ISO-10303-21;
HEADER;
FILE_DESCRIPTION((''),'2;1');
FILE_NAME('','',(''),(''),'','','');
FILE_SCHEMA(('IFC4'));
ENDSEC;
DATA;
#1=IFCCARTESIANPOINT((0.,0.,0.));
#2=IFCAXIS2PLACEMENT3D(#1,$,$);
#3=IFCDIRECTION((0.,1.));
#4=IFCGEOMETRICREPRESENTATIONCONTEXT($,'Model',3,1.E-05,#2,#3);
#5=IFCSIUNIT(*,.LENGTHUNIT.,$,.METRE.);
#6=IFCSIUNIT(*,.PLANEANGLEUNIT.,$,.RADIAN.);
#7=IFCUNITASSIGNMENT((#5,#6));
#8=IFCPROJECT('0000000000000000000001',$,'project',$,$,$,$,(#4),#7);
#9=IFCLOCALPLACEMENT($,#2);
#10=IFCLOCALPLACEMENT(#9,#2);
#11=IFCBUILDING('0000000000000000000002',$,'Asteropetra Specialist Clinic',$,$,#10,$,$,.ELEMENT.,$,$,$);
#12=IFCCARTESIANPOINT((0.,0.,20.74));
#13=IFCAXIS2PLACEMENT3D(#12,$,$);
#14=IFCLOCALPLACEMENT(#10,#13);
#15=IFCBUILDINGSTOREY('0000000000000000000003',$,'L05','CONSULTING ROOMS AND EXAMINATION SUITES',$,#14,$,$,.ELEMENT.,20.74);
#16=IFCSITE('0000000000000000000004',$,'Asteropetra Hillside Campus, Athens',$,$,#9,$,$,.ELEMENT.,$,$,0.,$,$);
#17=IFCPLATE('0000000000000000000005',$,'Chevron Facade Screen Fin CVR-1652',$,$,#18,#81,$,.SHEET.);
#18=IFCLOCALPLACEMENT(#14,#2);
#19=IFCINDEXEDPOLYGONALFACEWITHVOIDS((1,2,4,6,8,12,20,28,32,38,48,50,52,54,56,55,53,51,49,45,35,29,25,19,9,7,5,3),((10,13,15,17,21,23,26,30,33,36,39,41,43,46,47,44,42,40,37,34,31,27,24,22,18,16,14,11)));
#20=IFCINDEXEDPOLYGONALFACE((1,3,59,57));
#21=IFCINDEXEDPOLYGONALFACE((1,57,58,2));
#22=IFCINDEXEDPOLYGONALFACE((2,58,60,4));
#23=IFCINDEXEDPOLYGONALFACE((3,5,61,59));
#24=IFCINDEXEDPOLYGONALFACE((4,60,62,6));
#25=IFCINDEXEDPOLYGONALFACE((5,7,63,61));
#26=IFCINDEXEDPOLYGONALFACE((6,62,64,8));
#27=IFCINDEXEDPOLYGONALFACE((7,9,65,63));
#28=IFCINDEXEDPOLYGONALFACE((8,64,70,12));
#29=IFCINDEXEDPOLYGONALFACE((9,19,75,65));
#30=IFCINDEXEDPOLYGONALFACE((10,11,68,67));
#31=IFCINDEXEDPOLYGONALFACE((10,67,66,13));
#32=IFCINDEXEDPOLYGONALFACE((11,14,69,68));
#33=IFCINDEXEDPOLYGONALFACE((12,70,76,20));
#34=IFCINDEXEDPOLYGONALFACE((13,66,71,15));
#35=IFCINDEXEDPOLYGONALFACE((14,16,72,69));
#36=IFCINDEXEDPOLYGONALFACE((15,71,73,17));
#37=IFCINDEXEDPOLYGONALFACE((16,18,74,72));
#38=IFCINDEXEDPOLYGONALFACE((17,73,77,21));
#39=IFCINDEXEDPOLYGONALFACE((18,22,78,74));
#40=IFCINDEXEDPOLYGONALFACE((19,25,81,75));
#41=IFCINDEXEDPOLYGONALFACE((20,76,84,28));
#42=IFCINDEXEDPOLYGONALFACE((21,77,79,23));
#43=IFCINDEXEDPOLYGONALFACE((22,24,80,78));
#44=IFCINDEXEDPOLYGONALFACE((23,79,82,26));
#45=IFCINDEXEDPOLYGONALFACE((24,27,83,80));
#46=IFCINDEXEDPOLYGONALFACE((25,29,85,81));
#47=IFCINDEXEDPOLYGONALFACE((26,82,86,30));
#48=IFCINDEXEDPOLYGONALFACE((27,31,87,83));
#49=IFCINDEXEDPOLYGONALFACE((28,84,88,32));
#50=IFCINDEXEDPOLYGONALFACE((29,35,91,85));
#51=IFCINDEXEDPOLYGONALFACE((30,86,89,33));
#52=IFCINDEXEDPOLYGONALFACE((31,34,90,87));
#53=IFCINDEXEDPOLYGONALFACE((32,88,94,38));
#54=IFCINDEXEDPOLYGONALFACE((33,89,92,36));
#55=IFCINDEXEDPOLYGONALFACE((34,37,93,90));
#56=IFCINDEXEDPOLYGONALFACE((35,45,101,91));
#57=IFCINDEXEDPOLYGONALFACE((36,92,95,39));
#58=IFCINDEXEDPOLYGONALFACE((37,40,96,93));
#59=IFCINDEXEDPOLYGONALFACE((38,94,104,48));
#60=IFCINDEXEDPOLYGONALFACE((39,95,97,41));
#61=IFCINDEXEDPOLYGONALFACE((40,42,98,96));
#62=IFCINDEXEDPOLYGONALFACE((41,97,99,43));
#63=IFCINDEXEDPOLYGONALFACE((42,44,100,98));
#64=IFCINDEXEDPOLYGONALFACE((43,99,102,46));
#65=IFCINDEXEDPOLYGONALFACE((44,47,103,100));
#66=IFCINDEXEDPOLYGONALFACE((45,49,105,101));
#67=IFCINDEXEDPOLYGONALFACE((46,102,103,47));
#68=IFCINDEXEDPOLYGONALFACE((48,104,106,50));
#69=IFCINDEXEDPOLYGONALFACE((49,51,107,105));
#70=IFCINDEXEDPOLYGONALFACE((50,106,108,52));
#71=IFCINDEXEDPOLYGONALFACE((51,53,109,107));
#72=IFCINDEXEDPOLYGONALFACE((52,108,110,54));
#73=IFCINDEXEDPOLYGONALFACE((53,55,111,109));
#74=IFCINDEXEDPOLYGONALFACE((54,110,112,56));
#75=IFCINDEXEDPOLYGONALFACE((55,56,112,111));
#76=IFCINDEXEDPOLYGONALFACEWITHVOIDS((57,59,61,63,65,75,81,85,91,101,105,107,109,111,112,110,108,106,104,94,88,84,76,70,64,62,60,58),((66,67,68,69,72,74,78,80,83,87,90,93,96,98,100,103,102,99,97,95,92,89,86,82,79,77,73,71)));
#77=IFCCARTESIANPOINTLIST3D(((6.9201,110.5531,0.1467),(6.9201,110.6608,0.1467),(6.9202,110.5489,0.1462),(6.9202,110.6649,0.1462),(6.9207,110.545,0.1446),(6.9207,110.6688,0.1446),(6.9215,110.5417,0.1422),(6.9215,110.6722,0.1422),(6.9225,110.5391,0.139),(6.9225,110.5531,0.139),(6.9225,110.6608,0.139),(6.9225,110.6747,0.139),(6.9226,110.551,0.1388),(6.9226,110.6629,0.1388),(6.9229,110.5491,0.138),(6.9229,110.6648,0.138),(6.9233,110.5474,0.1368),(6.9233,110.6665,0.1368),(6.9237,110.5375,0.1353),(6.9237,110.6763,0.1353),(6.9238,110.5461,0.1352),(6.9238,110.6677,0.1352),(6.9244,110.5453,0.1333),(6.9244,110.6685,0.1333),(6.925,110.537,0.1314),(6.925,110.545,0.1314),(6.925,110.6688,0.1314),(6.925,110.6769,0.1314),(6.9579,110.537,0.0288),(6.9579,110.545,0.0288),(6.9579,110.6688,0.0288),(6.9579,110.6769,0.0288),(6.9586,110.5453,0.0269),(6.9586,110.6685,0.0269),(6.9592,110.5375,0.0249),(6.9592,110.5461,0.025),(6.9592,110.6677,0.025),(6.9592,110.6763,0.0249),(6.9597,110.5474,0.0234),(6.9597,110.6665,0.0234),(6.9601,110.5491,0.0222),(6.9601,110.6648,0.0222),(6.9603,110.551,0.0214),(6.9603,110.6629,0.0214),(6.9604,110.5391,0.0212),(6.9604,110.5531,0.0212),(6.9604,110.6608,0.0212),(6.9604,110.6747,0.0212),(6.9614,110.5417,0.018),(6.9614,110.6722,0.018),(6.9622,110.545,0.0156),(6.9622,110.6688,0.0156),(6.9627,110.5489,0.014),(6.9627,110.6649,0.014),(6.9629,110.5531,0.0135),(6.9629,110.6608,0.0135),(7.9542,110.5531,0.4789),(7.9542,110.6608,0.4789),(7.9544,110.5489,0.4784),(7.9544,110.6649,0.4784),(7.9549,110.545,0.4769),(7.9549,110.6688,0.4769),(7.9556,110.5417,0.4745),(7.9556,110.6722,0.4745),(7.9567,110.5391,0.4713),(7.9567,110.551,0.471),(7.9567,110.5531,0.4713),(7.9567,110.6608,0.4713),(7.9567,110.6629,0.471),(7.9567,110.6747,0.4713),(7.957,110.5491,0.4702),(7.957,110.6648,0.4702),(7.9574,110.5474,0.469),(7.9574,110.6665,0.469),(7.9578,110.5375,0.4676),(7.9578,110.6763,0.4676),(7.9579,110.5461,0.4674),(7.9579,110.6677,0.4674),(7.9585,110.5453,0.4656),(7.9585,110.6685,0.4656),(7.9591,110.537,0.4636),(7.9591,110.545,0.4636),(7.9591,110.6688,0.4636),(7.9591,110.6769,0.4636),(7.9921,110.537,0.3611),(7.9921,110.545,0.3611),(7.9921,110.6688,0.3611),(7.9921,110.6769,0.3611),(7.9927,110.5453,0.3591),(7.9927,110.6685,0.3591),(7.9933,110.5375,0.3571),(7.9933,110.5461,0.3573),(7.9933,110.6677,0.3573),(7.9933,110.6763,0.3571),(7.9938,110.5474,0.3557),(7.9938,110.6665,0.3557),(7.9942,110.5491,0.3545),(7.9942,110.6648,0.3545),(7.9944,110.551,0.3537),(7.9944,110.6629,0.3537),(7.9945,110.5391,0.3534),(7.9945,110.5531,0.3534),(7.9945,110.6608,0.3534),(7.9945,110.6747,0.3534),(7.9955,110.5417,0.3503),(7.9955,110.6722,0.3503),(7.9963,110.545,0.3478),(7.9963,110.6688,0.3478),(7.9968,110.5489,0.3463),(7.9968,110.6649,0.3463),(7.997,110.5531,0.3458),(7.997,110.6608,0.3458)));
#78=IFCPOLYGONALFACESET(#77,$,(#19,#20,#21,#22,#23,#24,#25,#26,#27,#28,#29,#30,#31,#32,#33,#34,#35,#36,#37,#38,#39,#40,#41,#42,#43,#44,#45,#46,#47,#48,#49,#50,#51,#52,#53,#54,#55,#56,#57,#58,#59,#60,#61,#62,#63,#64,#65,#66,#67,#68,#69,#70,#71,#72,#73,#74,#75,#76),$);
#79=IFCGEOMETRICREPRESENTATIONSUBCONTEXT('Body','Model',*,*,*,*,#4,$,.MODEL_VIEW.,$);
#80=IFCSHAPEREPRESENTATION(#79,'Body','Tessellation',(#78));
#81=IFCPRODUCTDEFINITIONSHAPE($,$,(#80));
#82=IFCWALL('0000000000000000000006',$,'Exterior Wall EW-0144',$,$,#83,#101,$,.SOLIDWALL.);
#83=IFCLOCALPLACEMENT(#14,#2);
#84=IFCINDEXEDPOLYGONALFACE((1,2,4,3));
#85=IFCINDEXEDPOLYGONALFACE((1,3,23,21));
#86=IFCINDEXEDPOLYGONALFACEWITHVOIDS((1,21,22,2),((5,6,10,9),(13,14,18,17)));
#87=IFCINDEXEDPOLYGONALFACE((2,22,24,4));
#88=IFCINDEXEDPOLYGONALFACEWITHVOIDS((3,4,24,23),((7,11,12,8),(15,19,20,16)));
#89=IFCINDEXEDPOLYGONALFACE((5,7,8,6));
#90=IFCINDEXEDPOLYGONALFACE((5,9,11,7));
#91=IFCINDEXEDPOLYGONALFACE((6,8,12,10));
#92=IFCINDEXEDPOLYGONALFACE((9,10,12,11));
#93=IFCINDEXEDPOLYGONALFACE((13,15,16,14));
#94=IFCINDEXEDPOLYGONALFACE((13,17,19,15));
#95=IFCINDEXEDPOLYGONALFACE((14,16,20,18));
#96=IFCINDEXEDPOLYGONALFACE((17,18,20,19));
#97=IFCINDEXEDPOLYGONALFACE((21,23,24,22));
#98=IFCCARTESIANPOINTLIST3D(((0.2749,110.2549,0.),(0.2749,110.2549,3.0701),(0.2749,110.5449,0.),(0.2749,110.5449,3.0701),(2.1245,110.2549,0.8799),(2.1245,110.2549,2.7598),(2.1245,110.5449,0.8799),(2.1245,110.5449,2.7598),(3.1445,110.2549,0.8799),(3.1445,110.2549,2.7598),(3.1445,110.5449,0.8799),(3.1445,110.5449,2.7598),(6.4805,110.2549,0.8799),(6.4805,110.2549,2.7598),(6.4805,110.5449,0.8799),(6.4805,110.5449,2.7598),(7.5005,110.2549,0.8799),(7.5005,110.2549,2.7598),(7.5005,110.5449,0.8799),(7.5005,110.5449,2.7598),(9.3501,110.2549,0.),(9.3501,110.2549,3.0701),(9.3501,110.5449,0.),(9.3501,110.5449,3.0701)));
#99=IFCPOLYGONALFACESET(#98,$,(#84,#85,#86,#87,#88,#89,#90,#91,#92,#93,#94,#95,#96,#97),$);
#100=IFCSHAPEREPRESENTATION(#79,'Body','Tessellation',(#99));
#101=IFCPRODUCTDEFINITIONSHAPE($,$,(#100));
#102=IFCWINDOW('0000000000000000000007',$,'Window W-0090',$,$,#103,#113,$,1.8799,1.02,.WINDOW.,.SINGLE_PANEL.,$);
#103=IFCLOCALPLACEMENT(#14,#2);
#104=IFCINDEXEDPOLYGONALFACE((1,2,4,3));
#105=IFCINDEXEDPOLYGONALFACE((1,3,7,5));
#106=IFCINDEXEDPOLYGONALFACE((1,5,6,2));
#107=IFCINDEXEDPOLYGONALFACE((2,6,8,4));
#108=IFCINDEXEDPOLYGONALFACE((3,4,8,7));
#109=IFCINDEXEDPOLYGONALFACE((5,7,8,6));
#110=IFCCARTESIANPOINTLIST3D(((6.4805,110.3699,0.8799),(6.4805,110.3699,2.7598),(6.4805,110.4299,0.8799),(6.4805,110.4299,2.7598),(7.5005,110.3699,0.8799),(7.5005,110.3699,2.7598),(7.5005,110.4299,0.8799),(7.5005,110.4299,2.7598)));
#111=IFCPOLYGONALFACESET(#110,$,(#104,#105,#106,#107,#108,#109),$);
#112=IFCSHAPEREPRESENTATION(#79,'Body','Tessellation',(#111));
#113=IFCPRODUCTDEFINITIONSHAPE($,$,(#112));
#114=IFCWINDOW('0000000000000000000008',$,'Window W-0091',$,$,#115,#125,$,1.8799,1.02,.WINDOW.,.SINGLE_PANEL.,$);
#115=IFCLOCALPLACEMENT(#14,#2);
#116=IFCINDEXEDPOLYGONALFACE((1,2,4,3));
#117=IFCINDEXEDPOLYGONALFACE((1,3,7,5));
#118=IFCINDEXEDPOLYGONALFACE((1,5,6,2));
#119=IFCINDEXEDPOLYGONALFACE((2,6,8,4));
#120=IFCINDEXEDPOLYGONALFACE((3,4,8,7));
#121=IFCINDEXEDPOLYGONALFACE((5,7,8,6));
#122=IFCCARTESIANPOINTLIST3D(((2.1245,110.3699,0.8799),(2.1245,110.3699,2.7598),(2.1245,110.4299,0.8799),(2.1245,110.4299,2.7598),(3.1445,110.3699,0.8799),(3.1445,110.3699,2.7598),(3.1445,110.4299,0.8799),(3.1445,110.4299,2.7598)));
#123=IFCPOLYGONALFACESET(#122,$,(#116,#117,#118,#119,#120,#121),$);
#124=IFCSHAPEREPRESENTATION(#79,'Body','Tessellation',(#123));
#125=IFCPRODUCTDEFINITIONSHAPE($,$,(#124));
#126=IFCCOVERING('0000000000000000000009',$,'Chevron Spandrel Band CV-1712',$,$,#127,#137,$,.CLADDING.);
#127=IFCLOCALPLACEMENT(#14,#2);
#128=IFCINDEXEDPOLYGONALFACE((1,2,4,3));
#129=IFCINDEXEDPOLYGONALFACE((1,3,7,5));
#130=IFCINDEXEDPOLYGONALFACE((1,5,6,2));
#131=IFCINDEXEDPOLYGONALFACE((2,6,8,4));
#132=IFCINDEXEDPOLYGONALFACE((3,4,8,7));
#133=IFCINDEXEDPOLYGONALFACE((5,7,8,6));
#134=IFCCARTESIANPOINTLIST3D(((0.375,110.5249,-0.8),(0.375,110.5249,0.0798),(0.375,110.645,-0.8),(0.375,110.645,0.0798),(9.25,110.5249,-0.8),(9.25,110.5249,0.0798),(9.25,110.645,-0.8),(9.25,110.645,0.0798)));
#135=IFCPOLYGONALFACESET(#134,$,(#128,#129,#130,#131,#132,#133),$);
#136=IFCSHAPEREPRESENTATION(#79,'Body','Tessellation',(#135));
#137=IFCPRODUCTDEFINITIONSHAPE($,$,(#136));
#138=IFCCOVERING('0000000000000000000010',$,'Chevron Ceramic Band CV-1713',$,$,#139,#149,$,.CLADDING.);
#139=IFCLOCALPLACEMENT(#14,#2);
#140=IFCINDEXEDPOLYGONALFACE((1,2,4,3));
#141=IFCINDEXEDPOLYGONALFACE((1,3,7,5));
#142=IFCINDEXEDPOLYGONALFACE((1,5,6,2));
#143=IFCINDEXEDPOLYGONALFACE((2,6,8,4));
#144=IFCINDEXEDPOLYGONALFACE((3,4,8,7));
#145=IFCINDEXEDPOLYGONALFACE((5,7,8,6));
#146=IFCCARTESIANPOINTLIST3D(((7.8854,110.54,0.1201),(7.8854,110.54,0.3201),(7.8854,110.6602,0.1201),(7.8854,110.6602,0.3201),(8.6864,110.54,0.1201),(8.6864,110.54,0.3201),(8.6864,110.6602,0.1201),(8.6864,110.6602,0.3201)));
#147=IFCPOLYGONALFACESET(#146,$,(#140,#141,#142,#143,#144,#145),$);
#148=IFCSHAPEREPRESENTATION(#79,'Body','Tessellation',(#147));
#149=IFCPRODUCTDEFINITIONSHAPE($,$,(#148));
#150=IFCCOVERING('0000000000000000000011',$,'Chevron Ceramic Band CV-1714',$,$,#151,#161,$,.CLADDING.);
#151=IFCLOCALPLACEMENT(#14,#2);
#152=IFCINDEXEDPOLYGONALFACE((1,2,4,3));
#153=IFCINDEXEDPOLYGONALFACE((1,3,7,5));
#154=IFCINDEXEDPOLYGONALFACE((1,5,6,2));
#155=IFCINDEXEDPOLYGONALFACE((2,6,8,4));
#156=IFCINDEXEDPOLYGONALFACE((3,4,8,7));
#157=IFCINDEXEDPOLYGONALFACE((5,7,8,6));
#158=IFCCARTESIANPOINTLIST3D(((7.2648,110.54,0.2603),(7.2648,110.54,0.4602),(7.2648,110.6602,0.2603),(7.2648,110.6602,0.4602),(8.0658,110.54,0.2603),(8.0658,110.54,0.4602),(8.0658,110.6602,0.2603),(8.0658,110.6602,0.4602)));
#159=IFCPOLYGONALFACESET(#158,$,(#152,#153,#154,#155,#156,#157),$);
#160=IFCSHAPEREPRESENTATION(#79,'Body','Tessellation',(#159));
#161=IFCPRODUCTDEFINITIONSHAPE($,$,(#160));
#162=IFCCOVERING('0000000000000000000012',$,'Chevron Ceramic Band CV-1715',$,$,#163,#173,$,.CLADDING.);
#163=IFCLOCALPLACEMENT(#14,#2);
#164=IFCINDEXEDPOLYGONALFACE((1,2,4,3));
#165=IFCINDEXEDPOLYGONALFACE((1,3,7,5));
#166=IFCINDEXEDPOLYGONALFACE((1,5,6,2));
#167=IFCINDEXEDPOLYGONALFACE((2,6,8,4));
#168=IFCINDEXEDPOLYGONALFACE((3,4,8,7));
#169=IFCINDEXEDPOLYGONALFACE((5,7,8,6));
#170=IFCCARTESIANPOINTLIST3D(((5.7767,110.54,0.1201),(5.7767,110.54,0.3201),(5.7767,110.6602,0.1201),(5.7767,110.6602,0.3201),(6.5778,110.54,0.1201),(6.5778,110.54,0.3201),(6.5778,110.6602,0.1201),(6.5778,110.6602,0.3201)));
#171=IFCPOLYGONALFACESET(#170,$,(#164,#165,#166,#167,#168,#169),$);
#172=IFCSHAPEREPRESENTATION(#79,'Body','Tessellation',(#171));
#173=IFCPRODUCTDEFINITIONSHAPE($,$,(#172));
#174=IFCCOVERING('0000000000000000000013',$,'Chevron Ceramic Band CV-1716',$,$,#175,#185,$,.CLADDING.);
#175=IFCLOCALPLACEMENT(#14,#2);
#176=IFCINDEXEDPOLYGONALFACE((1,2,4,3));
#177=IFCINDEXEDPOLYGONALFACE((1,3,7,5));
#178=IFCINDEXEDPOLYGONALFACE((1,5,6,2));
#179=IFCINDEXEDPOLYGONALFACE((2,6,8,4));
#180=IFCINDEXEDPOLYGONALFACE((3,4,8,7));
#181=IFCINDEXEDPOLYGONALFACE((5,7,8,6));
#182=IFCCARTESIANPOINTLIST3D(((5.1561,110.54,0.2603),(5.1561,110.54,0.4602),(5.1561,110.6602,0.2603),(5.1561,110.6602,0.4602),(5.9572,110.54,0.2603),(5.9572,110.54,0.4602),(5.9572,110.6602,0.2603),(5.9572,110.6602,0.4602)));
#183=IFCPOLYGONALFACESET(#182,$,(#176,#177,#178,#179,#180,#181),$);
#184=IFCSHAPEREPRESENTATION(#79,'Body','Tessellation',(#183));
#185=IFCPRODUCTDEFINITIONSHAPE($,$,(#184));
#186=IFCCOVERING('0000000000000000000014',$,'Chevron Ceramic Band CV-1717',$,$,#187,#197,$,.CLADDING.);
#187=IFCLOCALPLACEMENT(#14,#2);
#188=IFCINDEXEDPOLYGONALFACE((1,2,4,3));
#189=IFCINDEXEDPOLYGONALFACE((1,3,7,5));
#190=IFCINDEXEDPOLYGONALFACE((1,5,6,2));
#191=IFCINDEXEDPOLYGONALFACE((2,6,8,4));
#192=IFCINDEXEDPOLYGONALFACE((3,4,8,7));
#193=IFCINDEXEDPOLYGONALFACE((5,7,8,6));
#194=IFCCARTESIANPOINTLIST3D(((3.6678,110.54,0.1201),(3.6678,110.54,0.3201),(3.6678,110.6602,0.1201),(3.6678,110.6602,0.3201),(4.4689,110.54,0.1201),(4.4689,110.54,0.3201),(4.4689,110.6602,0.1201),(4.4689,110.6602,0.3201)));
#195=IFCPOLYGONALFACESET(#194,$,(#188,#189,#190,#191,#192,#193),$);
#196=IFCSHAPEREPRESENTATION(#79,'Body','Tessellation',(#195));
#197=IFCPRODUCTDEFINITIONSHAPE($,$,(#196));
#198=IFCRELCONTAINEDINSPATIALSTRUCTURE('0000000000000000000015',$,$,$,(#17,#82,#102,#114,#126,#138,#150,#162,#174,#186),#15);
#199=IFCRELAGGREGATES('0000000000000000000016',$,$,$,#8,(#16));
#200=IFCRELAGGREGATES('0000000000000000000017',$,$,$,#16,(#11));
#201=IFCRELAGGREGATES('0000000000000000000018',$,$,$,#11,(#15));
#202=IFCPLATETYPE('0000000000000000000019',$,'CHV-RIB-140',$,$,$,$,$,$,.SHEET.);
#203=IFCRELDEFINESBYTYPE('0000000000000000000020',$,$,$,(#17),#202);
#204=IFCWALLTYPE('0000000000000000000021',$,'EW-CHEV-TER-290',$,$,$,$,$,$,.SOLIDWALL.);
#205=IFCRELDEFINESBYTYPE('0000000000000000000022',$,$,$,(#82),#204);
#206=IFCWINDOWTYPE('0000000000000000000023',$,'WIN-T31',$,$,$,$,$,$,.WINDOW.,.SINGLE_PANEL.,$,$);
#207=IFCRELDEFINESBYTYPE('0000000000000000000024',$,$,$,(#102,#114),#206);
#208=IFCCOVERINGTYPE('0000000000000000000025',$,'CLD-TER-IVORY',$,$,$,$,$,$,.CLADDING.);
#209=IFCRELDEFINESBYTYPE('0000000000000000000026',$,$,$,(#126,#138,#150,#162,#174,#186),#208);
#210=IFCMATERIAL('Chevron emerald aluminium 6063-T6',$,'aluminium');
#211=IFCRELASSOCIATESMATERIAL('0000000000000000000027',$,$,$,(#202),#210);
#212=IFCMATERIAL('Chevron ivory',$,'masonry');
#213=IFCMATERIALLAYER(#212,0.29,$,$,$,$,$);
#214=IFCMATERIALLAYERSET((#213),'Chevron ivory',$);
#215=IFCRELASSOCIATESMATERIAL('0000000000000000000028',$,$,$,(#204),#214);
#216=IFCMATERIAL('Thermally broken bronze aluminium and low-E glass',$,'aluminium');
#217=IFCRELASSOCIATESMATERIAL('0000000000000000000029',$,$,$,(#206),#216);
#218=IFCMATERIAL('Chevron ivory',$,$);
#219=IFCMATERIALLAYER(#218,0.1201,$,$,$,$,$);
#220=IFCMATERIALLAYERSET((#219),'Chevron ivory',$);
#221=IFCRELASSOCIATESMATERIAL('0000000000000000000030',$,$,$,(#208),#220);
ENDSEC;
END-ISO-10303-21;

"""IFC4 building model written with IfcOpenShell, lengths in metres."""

from ifc_helpers import new_model, si_unit, direction, frame, frame_2d, origin, origin_2d, place, context, subcontext, project, spatial, rectangle, hollow_rectangle, extrude, material, layer, layer_set, material_profile, profile_set, type_object, element, fill, save


model = new_model("IFC4")

# Units and contexts
model_context = context("Model", 3, precision=1e-05, world=origin(), true_north=direction((0.0, 1.0)))
body_context = subcontext(model_context, "Body", "Model", "MODEL_VIEW")
ifc_project = project(units=[si_unit("LENGTHUNIT", "METRE"), si_unit("PLANEANGLEUNIT", "RADIAN")], contexts=[model_context])

# Site, building, storey
site_placement = place(None, origin())
site = spatial("IfcSite", under=ifc_project, at=site_placement, Name="Asteropetra Hillside Campus, Athens", CompositionType="ELEMENT", RefElevation=0.0)
building_placement = place(site_placement, origin())
building = spatial("IfcBuilding", under=site, at=building_placement, Name="Asteropetra Specialist Clinic", CompositionType="ELEMENT")
storey_placement = place(building_placement, frame((0.0, 0.0, 20.74)))
storey = spatial("IfcBuildingStorey", under=building, at=storey_placement, Name="L05", Description="CONSULTING ROOMS AND EXAMINATION SUITES", CompositionType="ELEMENT", Elevation=20.74)

# Plate
ifc_material_1 = material(Name="Chevron emerald aluminium 6063-T6", Category="aluminium")
ifc_material_profile_1 = material_profile(ifc_material_1, hollow_rectangle(XDim=0.1399, YDim=0.1399, WallThickness=0.0081, InnerFilletRadius=0.0081, OuterFilletRadius=0.0161, at=origin_2d()), Name="SHS 140x140x8.0")
ifc_profile_set_1 = profile_set([ifc_material_profile_1], Name="Chevron emerald aluminium 6063-T6")
plate_type = type_object("IfcPlateType", Name="CHV-RIB-140", PredefinedType="SHEET", material=ifc_profile_set_1)
plate_1_placement = place(storey_placement, frame((7.9756, 110.6069, 0.4124), z_axis=(-0.952066, 0.0, -0.305893), x_axis=(0.0, -1.0, 0.0)))
element("IfcPlate", 1, at=plate_1_placement, inside=storey, type_object=plate_type, Name="Chevron Facade Screen Fin CVR-1652", PredefinedType="SHEET", context=body_context, shape_type="SweptSolid", body=[
    extrude(hollow_rectangle(XDim=0.1399, YDim=0.1399, WallThickness=0.0081, InnerFilletRadius=0.0081, OuterFilletRadius=0.0161, at=origin_2d()), origin(), (0.0, 0.0, 1.0), 1.0862),
])

# Wall, openings, windows
ifc_material_2 = material(Name="Chevron ivory", Category="masonry")
ifc_layer_1 = layer(ifc_material_2, 0.29)
ifc_layer_set_1 = layer_set([ifc_layer_1], Name="Chevron ivory")
wall_type_1 = type_object("IfcWallType", Name="EW-CHEV-TER-290", PredefinedType="SOLIDWALL", material=ifc_layer_set_1)
wall_1_placement = place(storey_placement, frame((9.3501, 110.3999, 0.0), z_axis=(0.0, 0.0, 1.0), x_axis=(-1.0, 0.0, 0.0)))
wall_1 = element("IfcWall", 2, at=wall_1_placement, inside=storey, type_object=wall_type_1, Name="Exterior Wall EW-0144", PredefinedType="SOLIDWALL", context=body_context, shape_type="SweptSolid", body=[
    extrude(rectangle(XDim=9.0752, YDim=0.29, at=frame_2d((4.5376, 0.0))), origin(), (0.0, 0.0, 1.0), 3.0701),
])
opening_1_placement = place(wall_1_placement, frame((1.8496, 0.0, 0.8799)))
opening_1 = element("IfcOpeningElement", 3, at=opening_1_placement, cuts=wall_1, PredefinedType="OPENING", context=body_context, shape_type="SweptSolid", body=[
    extrude(rectangle(XDim=1.02, YDim=1.8799, at=frame_2d((0.51, 0.9399))), frame((0.0, 0.155, 0.0), z_axis=(0.0, -1.0, 0.0), x_axis=(1.0, 0.0, 0.0)), (0.0, 0.0, 1.0), 0.3101),
])
opening_2_placement = place(wall_1_placement, frame((6.2056, 0.0, 0.8799)))
opening_2 = element("IfcOpeningElement", 4, at=opening_2_placement, cuts=wall_1, PredefinedType="OPENING", context=body_context, shape_type="SweptSolid", body=[
    extrude(rectangle(XDim=1.02, YDim=1.8799, at=frame_2d((0.51, 0.9399))), frame((0.0, 0.155, 0.0), z_axis=(0.0, -1.0, 0.0), x_axis=(1.0, 0.0, 0.0)), (0.0, 0.0, 1.0), 0.3101),
])
ifc_material_3 = material(Name="Thermally broken bronze aluminium and low-E glass", Category="aluminium")
window_type = type_object("IfcWindowType", Name="WIN-T31", PartitioningType="SINGLE_PANEL", PredefinedType="WINDOW", material=ifc_material_3)
window_1_placement = place(opening_1_placement, origin())
window_1 = element("IfcWindow", 5, at=window_1_placement, inside=storey, type_object=window_type, Name="Window W-0090", OverallHeight=1.8799, OverallWidth=1.02, PartitioningType="SINGLE_PANEL", PredefinedType="WINDOW", context=body_context, shape_type="SweptSolid", body=[
    extrude(rectangle(XDim=1.02, YDim=1.8799, at=frame_2d((0.51, 0.9399))), frame((0.0, 0.03, 0.0), z_axis=(0.0, -1.0, 0.0), x_axis=(1.0, 0.0, 0.0)), (0.0, 0.0, 1.0), 0.0601),
])
fill(opening_1, window_1)
window_2_placement = place(opening_2_placement, origin())
window_2 = element("IfcWindow", 6, at=window_2_placement, inside=storey, type_object=window_type, Name="Window W-0091", OverallHeight=1.8799, OverallWidth=1.02, PartitioningType="SINGLE_PANEL", PredefinedType="WINDOW", context=body_context, shape_type="SweptSolid", body=[
    extrude(rectangle(XDim=1.02, YDim=1.8799, at=frame_2d((0.51, 0.9399))), frame((0.0, 0.03, 0.0), z_axis=(0.0, -1.0, 0.0), x_axis=(1.0, 0.0, 0.0)), (0.0, 0.0, 1.0), 0.0601),
])
fill(opening_2, window_2)

# Coverings
ifc_material_4 = material(Name="Chevron ivory")
ifc_layer_2 = layer(ifc_material_4, 0.1201)
ifc_layer_set_2 = layer_set([ifc_layer_2], Name="Chevron ivory")
covering_type_1 = type_object("IfcCoveringType", Name="CLD-TER-IVORY", PredefinedType="CLADDING", material=ifc_layer_set_2)
covering_1_placement = place(storey_placement, frame((4.8125, 110.585, -0.8), z_axis=(0.0, 0.0, 1.0), x_axis=(1.0, 0.0, 0.0)))
element("IfcCovering", 7, at=covering_1_placement, inside=storey, type_object=covering_type_1, Name="Chevron Spandrel Band CV-1712", PredefinedType="CLADDING", context=body_context, shape_type="SweptSolid", body=[
    extrude(rectangle(XDim=8.875, YDim=0.1201, at=origin_2d()), origin(), (0.0, 0.0, 1.0), 0.8799),
])
for number, where, z_axis, x_axis, name in (
    (8, (8.2859, 110.6001, 0.1201), (0.0, 0.0, 1.0), (1.0, 0.0, 0.0), "Chevron Ceramic Band CV-1713"),
    (9, (7.6653, 110.6001, 0.2603), (0.0, 0.0, 1.0), (1.0, 0.0, 0.0), "Chevron Ceramic Band CV-1714"),
    (10, (6.1772, 110.6001, 0.1201), (0.0, 0.0, 1.0), (1.0, 0.0, 0.0), "Chevron Ceramic Band CV-1715"),
    (11, (5.5566, 110.6001, 0.2603), (0.0, 0.0, 1.0), (1.0, 0.0, 0.0), "Chevron Ceramic Band CV-1716"),
    (12, (4.0684, 110.6001, 0.1201), (0.0, 0.0, 1.0), (1.0, 0.0, 0.0), "Chevron Ceramic Band CV-1717"),
):
    element("IfcCovering", number, at=place(storey_placement, frame(where, z_axis=z_axis, x_axis=x_axis)), inside=storey, type_object=covering_type_1, Name=name, PredefinedType="CLADDING", context=body_context, shape_type="SweptSolid", body=[
        extrude(rectangle(XDim=0.801, YDim=0.1201, at=origin_2d()), origin(), (0.0, 0.0, 1.0), 0.2),
    ])

save(model, "model.ifc")
